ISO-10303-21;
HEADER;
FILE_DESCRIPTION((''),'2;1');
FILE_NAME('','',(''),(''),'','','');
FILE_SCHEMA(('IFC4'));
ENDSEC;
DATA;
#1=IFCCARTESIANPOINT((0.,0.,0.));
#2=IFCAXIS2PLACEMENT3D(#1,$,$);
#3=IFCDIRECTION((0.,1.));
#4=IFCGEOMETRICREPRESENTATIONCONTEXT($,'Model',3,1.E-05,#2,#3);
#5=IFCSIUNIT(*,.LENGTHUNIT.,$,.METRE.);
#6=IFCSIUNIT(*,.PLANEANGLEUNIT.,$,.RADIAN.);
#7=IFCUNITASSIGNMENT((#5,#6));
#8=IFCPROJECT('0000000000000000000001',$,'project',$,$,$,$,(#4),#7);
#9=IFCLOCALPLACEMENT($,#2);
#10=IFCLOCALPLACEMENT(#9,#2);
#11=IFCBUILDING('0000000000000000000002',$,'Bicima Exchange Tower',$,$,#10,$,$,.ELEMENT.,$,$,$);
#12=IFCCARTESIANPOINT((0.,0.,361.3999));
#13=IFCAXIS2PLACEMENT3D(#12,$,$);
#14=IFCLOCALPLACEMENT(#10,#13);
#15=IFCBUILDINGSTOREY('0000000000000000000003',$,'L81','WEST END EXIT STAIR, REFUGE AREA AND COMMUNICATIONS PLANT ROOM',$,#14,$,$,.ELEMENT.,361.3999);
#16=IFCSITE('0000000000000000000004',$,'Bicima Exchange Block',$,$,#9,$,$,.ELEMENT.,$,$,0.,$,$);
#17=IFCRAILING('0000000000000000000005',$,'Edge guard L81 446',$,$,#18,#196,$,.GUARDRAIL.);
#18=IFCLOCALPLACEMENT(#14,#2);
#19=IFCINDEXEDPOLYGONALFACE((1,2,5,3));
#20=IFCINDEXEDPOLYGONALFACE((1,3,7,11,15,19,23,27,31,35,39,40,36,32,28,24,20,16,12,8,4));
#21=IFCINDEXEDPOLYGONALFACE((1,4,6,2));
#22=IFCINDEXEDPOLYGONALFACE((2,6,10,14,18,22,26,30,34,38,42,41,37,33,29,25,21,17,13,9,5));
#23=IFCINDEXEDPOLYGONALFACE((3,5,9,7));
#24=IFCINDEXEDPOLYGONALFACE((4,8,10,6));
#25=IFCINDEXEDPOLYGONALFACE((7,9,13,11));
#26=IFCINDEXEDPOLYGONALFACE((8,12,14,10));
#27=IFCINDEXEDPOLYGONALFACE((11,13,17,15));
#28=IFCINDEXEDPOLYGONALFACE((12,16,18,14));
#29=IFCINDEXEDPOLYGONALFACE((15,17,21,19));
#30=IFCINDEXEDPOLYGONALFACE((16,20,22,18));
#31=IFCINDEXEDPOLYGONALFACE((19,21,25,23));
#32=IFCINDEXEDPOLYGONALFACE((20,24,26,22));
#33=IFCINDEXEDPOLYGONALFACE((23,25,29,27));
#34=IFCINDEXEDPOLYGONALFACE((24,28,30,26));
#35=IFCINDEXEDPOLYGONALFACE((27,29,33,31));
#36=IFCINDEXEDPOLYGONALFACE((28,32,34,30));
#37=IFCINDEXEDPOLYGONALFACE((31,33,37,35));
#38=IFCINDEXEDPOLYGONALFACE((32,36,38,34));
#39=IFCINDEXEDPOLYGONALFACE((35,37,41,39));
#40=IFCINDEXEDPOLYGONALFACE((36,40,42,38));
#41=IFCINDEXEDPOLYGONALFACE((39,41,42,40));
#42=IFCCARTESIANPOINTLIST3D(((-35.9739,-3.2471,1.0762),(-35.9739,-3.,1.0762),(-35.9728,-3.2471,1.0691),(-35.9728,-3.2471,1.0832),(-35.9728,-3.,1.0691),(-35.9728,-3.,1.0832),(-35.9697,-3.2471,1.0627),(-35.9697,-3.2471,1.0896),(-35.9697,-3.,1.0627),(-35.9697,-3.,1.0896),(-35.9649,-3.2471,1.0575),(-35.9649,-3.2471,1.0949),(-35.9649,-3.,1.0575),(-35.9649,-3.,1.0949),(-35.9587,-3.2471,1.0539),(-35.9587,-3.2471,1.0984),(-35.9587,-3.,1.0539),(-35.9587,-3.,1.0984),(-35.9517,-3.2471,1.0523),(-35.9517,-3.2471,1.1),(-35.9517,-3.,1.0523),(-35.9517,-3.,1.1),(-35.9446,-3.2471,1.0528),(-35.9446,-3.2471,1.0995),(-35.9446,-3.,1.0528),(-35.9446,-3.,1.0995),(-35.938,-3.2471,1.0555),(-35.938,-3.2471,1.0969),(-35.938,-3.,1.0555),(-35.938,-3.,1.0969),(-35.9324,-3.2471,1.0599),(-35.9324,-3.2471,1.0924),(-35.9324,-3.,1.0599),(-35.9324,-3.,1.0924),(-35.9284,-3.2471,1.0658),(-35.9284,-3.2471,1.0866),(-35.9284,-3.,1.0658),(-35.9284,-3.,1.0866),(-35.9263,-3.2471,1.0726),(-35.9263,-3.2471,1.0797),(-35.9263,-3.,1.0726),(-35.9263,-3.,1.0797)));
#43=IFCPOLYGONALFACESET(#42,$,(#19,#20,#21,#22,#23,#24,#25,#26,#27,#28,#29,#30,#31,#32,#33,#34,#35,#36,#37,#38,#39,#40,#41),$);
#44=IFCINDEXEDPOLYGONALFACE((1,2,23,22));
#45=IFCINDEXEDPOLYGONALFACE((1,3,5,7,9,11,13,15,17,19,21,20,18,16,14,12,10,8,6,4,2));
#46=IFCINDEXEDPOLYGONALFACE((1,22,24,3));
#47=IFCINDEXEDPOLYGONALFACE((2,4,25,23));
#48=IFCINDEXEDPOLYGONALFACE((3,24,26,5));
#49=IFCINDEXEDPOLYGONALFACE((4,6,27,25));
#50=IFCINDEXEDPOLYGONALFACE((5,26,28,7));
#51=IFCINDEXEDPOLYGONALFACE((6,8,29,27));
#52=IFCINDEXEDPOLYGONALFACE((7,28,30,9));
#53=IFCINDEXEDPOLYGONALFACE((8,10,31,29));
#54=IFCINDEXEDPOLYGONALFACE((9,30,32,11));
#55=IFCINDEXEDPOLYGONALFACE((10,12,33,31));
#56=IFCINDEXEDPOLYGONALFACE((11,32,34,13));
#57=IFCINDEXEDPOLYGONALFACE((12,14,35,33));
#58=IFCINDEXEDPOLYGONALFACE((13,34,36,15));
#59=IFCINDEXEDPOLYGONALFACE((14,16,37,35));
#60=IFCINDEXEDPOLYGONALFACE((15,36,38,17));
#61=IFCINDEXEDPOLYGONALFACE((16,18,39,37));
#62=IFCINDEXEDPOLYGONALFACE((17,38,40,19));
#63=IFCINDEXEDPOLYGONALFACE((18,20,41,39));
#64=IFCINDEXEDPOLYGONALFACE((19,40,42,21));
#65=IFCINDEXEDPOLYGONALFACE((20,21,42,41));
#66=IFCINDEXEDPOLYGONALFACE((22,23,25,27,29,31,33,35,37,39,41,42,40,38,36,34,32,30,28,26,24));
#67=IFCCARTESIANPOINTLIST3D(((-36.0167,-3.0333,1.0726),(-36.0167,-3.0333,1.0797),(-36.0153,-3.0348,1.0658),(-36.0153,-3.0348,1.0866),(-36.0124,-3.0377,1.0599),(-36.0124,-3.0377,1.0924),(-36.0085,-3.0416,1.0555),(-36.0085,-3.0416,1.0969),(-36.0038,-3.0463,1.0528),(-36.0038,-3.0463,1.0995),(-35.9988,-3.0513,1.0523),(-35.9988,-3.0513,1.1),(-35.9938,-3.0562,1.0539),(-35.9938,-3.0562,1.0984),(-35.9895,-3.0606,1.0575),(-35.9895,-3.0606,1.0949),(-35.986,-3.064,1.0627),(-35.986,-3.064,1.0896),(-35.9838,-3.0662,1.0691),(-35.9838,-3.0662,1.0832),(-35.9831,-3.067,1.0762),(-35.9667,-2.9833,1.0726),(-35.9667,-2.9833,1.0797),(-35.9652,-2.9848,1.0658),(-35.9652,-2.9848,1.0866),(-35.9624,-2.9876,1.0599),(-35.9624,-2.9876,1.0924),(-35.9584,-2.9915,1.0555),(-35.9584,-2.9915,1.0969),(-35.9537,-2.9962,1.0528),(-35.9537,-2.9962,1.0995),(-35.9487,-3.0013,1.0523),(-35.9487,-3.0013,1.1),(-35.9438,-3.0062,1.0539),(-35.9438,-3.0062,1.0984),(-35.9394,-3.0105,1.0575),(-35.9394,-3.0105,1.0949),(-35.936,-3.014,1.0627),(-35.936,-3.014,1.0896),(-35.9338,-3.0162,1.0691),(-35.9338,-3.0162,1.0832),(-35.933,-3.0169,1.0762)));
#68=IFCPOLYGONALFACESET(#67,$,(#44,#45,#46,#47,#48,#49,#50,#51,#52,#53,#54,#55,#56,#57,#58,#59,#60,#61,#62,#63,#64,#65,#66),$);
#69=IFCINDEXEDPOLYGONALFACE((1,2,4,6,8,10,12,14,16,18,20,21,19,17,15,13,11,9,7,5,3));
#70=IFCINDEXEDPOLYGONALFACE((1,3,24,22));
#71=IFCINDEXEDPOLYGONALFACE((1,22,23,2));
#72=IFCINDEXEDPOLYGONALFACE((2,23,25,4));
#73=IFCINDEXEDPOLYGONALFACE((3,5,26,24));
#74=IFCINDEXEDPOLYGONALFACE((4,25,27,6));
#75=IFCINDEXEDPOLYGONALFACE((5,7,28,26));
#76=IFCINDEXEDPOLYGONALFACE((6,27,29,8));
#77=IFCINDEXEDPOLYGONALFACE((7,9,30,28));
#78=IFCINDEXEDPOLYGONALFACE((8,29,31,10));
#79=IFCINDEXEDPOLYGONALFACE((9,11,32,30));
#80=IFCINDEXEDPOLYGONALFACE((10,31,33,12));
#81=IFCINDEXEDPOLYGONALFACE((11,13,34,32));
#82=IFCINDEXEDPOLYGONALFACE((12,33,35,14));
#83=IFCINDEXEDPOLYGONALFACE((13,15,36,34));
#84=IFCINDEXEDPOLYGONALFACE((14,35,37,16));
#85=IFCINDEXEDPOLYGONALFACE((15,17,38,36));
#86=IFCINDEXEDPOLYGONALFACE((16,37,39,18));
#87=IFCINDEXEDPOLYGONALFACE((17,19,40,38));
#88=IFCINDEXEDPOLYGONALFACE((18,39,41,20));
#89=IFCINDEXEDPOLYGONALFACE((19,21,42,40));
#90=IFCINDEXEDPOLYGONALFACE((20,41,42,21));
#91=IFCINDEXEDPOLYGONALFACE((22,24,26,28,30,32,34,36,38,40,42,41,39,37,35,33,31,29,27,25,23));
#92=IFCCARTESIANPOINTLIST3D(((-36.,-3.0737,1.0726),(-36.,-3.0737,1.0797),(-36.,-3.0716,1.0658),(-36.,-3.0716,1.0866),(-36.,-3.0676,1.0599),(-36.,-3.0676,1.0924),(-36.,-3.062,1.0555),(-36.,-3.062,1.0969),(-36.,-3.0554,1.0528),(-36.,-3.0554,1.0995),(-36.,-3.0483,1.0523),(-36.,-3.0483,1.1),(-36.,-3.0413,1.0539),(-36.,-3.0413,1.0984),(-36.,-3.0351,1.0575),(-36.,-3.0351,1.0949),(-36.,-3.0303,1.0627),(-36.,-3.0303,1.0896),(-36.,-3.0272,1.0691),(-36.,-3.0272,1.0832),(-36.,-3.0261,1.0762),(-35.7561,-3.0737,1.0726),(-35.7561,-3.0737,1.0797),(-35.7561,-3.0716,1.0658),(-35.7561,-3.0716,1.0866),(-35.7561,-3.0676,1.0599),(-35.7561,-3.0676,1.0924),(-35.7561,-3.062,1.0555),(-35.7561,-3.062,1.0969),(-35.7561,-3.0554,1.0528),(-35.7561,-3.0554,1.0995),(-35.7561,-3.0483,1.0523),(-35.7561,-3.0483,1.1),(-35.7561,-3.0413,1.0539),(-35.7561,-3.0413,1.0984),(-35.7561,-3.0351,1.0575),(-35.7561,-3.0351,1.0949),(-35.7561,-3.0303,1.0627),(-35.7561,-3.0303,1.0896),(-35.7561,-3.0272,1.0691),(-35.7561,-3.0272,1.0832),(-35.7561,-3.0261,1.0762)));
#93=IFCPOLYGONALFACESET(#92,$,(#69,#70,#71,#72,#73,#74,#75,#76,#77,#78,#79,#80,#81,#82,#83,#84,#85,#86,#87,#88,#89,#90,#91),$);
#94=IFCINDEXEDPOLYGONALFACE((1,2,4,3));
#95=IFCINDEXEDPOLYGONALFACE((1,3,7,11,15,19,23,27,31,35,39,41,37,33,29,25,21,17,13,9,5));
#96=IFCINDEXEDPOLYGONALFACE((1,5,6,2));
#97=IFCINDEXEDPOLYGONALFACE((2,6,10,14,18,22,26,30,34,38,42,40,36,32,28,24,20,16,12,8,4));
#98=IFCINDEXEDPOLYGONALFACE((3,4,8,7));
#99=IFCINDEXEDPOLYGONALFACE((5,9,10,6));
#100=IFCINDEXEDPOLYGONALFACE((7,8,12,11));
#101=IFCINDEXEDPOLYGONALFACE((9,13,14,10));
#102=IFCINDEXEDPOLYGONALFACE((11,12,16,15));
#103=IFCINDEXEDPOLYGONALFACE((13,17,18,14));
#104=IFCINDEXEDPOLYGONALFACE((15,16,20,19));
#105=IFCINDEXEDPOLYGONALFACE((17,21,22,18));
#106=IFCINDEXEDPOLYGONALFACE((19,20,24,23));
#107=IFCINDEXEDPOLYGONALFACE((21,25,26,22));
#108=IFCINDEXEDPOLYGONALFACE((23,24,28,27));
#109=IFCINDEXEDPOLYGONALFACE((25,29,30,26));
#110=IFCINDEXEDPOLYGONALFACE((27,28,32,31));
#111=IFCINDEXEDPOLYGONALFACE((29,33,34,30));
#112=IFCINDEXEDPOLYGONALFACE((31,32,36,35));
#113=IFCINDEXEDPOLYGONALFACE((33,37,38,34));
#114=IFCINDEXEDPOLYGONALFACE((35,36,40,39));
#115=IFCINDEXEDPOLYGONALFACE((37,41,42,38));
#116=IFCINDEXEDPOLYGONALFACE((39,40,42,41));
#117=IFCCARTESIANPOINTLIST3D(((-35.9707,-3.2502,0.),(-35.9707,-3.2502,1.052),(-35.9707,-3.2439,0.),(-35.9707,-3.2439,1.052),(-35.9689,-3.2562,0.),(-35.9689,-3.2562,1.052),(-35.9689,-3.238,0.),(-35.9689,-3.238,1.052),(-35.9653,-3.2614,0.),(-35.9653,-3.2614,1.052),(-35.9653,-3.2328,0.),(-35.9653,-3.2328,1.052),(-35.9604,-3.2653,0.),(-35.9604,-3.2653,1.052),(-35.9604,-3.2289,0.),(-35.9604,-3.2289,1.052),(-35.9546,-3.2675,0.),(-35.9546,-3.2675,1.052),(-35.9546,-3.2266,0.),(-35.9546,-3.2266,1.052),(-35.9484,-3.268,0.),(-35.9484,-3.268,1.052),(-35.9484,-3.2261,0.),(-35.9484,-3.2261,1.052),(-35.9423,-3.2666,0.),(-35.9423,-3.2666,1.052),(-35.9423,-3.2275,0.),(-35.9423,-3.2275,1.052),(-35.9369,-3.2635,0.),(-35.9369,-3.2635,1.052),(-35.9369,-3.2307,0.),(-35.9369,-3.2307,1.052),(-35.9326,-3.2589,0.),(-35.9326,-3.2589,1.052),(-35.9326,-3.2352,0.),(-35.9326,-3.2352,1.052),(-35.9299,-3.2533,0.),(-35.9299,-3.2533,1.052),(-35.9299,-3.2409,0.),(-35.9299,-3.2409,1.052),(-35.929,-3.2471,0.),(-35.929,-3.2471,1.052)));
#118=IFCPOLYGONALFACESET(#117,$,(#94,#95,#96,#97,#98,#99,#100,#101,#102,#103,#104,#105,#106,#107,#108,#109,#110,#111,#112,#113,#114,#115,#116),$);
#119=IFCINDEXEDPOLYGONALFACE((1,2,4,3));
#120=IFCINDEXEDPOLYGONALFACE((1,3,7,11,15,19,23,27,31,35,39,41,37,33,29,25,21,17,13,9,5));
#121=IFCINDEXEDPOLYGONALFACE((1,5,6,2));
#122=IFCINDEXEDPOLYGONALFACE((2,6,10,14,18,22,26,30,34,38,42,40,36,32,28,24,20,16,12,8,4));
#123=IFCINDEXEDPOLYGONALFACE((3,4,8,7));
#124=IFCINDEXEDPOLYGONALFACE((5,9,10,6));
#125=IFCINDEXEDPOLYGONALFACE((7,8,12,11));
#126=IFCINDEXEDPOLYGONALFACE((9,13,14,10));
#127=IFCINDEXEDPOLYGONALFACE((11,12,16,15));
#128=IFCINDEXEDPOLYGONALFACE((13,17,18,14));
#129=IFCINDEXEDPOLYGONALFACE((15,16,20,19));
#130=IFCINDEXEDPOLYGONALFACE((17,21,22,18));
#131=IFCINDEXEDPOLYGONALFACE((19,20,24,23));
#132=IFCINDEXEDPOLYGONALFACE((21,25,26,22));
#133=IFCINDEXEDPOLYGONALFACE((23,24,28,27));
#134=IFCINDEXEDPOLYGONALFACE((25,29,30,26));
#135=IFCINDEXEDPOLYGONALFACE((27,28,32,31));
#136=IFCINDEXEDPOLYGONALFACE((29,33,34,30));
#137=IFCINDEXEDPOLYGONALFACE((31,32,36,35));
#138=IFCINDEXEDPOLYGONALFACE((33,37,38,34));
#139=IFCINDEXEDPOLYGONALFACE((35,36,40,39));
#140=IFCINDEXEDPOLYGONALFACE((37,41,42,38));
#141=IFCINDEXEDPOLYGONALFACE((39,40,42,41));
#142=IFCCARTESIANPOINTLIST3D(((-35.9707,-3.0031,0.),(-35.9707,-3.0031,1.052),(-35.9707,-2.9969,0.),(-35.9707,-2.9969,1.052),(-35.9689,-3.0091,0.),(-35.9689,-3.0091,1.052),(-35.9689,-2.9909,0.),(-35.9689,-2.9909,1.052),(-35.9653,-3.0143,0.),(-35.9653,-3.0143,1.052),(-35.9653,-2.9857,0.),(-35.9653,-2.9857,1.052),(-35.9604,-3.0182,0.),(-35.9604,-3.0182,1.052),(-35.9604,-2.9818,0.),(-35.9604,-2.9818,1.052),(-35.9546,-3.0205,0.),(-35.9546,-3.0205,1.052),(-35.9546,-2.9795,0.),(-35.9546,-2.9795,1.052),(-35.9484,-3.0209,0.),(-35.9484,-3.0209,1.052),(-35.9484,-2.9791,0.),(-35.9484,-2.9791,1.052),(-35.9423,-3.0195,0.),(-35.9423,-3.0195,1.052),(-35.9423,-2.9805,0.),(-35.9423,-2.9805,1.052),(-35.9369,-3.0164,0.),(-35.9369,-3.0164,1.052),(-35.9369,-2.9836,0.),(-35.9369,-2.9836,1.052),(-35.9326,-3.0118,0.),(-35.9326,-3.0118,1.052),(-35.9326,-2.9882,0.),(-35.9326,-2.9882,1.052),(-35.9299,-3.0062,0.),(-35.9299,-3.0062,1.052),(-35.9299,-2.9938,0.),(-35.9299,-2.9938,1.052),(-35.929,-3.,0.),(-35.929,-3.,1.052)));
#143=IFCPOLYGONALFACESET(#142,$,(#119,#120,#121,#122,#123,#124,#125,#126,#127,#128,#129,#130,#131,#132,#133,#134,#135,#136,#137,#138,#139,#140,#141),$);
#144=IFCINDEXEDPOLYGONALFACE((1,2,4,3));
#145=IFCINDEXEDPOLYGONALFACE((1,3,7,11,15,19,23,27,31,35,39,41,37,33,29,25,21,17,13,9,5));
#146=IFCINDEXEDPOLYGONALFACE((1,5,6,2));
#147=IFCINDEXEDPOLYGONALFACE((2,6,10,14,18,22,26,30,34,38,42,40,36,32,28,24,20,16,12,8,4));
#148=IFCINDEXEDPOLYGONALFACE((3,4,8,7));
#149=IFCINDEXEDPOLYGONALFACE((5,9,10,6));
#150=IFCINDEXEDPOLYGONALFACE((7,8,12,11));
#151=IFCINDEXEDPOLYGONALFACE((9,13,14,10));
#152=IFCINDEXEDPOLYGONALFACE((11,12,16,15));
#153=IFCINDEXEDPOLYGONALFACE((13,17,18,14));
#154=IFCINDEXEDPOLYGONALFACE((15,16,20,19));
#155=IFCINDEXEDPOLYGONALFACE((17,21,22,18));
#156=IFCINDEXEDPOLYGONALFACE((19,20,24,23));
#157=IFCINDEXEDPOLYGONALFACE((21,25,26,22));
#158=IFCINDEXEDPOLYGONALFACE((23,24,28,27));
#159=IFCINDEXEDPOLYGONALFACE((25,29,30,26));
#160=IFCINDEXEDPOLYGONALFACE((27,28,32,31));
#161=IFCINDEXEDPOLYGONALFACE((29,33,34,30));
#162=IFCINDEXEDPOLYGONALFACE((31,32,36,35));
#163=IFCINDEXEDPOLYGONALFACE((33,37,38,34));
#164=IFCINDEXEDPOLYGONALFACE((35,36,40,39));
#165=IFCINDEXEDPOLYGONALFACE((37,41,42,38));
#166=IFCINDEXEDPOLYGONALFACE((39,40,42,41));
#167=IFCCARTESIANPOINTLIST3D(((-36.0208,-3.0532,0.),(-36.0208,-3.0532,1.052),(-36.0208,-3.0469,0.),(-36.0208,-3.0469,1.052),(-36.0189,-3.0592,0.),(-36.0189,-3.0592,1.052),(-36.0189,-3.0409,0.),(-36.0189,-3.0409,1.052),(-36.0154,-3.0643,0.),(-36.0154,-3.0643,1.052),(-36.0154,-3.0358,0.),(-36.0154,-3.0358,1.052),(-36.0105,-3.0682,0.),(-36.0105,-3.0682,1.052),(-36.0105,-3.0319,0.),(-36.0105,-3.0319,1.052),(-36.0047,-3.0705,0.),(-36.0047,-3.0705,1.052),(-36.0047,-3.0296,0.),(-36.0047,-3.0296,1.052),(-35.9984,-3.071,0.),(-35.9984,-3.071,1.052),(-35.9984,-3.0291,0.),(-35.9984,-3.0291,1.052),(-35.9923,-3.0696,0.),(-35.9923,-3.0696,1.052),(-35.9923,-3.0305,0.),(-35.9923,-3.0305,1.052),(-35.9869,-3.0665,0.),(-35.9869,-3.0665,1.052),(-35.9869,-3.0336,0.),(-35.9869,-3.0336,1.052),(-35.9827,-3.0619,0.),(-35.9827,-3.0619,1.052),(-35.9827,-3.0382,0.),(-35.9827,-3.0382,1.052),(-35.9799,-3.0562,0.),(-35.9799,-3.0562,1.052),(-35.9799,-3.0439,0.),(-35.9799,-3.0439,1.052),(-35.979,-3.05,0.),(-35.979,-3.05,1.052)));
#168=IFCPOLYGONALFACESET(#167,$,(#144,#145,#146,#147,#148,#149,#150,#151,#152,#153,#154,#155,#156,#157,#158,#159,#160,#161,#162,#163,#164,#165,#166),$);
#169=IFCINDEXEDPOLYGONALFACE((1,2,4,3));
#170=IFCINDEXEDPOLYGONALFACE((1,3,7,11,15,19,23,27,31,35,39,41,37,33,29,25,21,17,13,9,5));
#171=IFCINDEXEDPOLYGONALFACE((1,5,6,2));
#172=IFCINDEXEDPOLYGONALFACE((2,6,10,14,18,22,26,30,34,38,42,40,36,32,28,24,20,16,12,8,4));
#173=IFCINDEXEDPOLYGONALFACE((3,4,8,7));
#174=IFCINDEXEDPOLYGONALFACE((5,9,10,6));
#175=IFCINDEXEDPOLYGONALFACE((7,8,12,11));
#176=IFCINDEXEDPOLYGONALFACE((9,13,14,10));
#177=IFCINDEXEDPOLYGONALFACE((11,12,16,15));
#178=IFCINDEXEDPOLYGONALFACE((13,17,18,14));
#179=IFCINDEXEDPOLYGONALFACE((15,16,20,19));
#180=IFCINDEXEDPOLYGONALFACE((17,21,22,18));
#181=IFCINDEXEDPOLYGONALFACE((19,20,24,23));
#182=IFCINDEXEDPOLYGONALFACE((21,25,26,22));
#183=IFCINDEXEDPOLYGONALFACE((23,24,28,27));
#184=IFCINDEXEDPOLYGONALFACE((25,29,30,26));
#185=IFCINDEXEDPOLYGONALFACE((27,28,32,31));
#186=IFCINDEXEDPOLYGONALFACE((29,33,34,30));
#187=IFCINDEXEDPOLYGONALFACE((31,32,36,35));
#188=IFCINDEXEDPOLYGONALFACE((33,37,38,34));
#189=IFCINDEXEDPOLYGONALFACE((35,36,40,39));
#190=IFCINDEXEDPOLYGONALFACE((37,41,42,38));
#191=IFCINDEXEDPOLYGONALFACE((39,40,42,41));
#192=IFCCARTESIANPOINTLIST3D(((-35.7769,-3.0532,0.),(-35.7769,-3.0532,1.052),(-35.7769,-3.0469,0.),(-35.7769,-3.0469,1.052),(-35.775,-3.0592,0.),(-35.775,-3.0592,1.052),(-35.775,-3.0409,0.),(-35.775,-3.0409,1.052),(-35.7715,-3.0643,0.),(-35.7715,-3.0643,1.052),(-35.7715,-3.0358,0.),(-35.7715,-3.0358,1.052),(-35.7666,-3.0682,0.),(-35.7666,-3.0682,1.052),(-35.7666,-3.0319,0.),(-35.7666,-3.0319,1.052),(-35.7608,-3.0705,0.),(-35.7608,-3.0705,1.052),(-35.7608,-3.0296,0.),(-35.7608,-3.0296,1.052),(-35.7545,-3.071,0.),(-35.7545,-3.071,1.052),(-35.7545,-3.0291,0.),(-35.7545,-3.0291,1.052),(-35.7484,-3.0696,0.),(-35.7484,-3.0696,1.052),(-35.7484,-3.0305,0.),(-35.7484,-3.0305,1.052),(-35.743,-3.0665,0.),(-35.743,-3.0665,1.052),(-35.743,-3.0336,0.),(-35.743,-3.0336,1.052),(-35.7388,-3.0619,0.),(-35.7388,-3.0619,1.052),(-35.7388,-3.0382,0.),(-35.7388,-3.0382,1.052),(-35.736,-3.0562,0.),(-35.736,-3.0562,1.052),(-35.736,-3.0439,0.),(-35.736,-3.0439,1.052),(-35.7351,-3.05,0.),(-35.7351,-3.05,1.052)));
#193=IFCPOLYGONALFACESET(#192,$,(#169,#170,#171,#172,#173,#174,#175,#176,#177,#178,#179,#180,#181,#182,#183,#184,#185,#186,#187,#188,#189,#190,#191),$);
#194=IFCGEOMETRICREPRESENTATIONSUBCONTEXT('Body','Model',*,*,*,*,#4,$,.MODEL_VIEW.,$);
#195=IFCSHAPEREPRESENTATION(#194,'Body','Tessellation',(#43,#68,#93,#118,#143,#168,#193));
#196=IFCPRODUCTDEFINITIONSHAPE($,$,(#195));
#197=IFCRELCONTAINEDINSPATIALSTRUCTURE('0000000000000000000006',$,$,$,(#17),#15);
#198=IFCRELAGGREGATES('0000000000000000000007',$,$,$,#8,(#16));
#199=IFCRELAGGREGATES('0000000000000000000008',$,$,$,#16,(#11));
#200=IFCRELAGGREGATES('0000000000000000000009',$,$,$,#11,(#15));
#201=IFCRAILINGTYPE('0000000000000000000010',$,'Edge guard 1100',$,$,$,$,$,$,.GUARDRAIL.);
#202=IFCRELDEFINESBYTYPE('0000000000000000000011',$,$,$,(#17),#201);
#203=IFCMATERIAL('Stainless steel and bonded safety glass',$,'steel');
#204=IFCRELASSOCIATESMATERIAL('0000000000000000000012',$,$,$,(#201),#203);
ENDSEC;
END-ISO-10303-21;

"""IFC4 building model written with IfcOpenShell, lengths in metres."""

from ifc_helpers import new_model, si_unit, direction, frame, origin, origin_2d, place, context, subcontext, project, spatial, circle, extrude, material, type_object, element, save


model = new_model("IFC4")

# Units and contexts
model_context = context("Model", 3, precision=1e-05, world=origin(), true_north=direction((0.0, 1.0)))
body_context = subcontext(model_context, "Body", "Model", "MODEL_VIEW")
ifc_project = project(units=[si_unit("LENGTHUNIT", "METRE"), si_unit("PLANEANGLEUNIT", "RADIAN")], contexts=[model_context])

# Site, building, storey
site_placement = place(None, origin())
site = spatial("IfcSite", under=ifc_project, at=site_placement, Name="Bicima Exchange Block", CompositionType="ELEMENT", RefElevation=0.0)
building_placement = place(site_placement, origin())
building = spatial("IfcBuilding", under=site, at=building_placement, Name="Bicima Exchange Tower", CompositionType="ELEMENT")
storey_placement = place(building_placement, frame((0.0, 0.0, 361.3999)))
storey = spatial("IfcBuildingStorey", under=building, at=storey_placement, Name="L81", Description="WEST END EXIT STAIR, REFUGE AREA AND COMMUNICATIONS PLANT ROOM", CompositionType="ELEMENT", Elevation=361.3999)

# Railing
ifc_material_1 = material(Name="Stainless steel and bonded safety glass", Category="steel")
railing_type_1 = type_object("IfcRailingType", Name="Edge guard 1100", PredefinedType="GUARDRAIL", material=ifc_material_1)
railing_1_placement = place(storey_placement, frame((-35.95, -3.2471, 0.0)))
element("IfcRailing", 1, at=railing_1_placement, inside=storey, type_object=railing_type_1, Name="Edge guard L81 446", PredefinedType="GUARDRAIL", context=body_context, shape_type="SweptSolid", body=[
    extrude(circle(Radius=0.0239, at=origin_2d()), frame((0.0, 0.0, 1.0762), z_axis=(0.0, 1.0, 0.0), x_axis=(-1.0, 0.0, 0.0)), (0.0, 0.0, 1.0), 0.2471),
    extrude(circle(Radius=0.0239, at=origin_2d()), frame((0.0, 0.2471, 1.0762), z_axis=(-0.707107, -0.707107, 0.0), x_axis=(0.707107, -0.707107, 0.0)), (0.0, 0.0, 1.0), 0.0708),
    extrude(circle(Radius=0.0239, at=origin_2d()), frame((-0.05, 0.197, 1.0762), z_axis=(1.0, 0.0, 0.0), x_axis=(0.0, 1.0, 0.0)), (0.0, 0.0, 1.0), 0.2439),
    extrude(circle(Radius=0.021, at=origin_2d()), origin(), (0.0, 0.0, 1.0), 1.052),
    extrude(circle(Radius=0.021, at=origin_2d()), frame((0.0, 0.2471, 0.0)), (0.0, 0.0, 1.0), 1.052),
    extrude(circle(Radius=0.021, at=origin_2d()), frame((-0.05, 0.197, 0.0)), (0.0, 0.0, 1.0), 1.052),
    extrude(circle(Radius=0.021, at=origin_2d()), frame((0.1938, 0.197, 0.0)), (0.0, 0.0, 1.0), 1.052),
])

save(model, "model.ifc")
